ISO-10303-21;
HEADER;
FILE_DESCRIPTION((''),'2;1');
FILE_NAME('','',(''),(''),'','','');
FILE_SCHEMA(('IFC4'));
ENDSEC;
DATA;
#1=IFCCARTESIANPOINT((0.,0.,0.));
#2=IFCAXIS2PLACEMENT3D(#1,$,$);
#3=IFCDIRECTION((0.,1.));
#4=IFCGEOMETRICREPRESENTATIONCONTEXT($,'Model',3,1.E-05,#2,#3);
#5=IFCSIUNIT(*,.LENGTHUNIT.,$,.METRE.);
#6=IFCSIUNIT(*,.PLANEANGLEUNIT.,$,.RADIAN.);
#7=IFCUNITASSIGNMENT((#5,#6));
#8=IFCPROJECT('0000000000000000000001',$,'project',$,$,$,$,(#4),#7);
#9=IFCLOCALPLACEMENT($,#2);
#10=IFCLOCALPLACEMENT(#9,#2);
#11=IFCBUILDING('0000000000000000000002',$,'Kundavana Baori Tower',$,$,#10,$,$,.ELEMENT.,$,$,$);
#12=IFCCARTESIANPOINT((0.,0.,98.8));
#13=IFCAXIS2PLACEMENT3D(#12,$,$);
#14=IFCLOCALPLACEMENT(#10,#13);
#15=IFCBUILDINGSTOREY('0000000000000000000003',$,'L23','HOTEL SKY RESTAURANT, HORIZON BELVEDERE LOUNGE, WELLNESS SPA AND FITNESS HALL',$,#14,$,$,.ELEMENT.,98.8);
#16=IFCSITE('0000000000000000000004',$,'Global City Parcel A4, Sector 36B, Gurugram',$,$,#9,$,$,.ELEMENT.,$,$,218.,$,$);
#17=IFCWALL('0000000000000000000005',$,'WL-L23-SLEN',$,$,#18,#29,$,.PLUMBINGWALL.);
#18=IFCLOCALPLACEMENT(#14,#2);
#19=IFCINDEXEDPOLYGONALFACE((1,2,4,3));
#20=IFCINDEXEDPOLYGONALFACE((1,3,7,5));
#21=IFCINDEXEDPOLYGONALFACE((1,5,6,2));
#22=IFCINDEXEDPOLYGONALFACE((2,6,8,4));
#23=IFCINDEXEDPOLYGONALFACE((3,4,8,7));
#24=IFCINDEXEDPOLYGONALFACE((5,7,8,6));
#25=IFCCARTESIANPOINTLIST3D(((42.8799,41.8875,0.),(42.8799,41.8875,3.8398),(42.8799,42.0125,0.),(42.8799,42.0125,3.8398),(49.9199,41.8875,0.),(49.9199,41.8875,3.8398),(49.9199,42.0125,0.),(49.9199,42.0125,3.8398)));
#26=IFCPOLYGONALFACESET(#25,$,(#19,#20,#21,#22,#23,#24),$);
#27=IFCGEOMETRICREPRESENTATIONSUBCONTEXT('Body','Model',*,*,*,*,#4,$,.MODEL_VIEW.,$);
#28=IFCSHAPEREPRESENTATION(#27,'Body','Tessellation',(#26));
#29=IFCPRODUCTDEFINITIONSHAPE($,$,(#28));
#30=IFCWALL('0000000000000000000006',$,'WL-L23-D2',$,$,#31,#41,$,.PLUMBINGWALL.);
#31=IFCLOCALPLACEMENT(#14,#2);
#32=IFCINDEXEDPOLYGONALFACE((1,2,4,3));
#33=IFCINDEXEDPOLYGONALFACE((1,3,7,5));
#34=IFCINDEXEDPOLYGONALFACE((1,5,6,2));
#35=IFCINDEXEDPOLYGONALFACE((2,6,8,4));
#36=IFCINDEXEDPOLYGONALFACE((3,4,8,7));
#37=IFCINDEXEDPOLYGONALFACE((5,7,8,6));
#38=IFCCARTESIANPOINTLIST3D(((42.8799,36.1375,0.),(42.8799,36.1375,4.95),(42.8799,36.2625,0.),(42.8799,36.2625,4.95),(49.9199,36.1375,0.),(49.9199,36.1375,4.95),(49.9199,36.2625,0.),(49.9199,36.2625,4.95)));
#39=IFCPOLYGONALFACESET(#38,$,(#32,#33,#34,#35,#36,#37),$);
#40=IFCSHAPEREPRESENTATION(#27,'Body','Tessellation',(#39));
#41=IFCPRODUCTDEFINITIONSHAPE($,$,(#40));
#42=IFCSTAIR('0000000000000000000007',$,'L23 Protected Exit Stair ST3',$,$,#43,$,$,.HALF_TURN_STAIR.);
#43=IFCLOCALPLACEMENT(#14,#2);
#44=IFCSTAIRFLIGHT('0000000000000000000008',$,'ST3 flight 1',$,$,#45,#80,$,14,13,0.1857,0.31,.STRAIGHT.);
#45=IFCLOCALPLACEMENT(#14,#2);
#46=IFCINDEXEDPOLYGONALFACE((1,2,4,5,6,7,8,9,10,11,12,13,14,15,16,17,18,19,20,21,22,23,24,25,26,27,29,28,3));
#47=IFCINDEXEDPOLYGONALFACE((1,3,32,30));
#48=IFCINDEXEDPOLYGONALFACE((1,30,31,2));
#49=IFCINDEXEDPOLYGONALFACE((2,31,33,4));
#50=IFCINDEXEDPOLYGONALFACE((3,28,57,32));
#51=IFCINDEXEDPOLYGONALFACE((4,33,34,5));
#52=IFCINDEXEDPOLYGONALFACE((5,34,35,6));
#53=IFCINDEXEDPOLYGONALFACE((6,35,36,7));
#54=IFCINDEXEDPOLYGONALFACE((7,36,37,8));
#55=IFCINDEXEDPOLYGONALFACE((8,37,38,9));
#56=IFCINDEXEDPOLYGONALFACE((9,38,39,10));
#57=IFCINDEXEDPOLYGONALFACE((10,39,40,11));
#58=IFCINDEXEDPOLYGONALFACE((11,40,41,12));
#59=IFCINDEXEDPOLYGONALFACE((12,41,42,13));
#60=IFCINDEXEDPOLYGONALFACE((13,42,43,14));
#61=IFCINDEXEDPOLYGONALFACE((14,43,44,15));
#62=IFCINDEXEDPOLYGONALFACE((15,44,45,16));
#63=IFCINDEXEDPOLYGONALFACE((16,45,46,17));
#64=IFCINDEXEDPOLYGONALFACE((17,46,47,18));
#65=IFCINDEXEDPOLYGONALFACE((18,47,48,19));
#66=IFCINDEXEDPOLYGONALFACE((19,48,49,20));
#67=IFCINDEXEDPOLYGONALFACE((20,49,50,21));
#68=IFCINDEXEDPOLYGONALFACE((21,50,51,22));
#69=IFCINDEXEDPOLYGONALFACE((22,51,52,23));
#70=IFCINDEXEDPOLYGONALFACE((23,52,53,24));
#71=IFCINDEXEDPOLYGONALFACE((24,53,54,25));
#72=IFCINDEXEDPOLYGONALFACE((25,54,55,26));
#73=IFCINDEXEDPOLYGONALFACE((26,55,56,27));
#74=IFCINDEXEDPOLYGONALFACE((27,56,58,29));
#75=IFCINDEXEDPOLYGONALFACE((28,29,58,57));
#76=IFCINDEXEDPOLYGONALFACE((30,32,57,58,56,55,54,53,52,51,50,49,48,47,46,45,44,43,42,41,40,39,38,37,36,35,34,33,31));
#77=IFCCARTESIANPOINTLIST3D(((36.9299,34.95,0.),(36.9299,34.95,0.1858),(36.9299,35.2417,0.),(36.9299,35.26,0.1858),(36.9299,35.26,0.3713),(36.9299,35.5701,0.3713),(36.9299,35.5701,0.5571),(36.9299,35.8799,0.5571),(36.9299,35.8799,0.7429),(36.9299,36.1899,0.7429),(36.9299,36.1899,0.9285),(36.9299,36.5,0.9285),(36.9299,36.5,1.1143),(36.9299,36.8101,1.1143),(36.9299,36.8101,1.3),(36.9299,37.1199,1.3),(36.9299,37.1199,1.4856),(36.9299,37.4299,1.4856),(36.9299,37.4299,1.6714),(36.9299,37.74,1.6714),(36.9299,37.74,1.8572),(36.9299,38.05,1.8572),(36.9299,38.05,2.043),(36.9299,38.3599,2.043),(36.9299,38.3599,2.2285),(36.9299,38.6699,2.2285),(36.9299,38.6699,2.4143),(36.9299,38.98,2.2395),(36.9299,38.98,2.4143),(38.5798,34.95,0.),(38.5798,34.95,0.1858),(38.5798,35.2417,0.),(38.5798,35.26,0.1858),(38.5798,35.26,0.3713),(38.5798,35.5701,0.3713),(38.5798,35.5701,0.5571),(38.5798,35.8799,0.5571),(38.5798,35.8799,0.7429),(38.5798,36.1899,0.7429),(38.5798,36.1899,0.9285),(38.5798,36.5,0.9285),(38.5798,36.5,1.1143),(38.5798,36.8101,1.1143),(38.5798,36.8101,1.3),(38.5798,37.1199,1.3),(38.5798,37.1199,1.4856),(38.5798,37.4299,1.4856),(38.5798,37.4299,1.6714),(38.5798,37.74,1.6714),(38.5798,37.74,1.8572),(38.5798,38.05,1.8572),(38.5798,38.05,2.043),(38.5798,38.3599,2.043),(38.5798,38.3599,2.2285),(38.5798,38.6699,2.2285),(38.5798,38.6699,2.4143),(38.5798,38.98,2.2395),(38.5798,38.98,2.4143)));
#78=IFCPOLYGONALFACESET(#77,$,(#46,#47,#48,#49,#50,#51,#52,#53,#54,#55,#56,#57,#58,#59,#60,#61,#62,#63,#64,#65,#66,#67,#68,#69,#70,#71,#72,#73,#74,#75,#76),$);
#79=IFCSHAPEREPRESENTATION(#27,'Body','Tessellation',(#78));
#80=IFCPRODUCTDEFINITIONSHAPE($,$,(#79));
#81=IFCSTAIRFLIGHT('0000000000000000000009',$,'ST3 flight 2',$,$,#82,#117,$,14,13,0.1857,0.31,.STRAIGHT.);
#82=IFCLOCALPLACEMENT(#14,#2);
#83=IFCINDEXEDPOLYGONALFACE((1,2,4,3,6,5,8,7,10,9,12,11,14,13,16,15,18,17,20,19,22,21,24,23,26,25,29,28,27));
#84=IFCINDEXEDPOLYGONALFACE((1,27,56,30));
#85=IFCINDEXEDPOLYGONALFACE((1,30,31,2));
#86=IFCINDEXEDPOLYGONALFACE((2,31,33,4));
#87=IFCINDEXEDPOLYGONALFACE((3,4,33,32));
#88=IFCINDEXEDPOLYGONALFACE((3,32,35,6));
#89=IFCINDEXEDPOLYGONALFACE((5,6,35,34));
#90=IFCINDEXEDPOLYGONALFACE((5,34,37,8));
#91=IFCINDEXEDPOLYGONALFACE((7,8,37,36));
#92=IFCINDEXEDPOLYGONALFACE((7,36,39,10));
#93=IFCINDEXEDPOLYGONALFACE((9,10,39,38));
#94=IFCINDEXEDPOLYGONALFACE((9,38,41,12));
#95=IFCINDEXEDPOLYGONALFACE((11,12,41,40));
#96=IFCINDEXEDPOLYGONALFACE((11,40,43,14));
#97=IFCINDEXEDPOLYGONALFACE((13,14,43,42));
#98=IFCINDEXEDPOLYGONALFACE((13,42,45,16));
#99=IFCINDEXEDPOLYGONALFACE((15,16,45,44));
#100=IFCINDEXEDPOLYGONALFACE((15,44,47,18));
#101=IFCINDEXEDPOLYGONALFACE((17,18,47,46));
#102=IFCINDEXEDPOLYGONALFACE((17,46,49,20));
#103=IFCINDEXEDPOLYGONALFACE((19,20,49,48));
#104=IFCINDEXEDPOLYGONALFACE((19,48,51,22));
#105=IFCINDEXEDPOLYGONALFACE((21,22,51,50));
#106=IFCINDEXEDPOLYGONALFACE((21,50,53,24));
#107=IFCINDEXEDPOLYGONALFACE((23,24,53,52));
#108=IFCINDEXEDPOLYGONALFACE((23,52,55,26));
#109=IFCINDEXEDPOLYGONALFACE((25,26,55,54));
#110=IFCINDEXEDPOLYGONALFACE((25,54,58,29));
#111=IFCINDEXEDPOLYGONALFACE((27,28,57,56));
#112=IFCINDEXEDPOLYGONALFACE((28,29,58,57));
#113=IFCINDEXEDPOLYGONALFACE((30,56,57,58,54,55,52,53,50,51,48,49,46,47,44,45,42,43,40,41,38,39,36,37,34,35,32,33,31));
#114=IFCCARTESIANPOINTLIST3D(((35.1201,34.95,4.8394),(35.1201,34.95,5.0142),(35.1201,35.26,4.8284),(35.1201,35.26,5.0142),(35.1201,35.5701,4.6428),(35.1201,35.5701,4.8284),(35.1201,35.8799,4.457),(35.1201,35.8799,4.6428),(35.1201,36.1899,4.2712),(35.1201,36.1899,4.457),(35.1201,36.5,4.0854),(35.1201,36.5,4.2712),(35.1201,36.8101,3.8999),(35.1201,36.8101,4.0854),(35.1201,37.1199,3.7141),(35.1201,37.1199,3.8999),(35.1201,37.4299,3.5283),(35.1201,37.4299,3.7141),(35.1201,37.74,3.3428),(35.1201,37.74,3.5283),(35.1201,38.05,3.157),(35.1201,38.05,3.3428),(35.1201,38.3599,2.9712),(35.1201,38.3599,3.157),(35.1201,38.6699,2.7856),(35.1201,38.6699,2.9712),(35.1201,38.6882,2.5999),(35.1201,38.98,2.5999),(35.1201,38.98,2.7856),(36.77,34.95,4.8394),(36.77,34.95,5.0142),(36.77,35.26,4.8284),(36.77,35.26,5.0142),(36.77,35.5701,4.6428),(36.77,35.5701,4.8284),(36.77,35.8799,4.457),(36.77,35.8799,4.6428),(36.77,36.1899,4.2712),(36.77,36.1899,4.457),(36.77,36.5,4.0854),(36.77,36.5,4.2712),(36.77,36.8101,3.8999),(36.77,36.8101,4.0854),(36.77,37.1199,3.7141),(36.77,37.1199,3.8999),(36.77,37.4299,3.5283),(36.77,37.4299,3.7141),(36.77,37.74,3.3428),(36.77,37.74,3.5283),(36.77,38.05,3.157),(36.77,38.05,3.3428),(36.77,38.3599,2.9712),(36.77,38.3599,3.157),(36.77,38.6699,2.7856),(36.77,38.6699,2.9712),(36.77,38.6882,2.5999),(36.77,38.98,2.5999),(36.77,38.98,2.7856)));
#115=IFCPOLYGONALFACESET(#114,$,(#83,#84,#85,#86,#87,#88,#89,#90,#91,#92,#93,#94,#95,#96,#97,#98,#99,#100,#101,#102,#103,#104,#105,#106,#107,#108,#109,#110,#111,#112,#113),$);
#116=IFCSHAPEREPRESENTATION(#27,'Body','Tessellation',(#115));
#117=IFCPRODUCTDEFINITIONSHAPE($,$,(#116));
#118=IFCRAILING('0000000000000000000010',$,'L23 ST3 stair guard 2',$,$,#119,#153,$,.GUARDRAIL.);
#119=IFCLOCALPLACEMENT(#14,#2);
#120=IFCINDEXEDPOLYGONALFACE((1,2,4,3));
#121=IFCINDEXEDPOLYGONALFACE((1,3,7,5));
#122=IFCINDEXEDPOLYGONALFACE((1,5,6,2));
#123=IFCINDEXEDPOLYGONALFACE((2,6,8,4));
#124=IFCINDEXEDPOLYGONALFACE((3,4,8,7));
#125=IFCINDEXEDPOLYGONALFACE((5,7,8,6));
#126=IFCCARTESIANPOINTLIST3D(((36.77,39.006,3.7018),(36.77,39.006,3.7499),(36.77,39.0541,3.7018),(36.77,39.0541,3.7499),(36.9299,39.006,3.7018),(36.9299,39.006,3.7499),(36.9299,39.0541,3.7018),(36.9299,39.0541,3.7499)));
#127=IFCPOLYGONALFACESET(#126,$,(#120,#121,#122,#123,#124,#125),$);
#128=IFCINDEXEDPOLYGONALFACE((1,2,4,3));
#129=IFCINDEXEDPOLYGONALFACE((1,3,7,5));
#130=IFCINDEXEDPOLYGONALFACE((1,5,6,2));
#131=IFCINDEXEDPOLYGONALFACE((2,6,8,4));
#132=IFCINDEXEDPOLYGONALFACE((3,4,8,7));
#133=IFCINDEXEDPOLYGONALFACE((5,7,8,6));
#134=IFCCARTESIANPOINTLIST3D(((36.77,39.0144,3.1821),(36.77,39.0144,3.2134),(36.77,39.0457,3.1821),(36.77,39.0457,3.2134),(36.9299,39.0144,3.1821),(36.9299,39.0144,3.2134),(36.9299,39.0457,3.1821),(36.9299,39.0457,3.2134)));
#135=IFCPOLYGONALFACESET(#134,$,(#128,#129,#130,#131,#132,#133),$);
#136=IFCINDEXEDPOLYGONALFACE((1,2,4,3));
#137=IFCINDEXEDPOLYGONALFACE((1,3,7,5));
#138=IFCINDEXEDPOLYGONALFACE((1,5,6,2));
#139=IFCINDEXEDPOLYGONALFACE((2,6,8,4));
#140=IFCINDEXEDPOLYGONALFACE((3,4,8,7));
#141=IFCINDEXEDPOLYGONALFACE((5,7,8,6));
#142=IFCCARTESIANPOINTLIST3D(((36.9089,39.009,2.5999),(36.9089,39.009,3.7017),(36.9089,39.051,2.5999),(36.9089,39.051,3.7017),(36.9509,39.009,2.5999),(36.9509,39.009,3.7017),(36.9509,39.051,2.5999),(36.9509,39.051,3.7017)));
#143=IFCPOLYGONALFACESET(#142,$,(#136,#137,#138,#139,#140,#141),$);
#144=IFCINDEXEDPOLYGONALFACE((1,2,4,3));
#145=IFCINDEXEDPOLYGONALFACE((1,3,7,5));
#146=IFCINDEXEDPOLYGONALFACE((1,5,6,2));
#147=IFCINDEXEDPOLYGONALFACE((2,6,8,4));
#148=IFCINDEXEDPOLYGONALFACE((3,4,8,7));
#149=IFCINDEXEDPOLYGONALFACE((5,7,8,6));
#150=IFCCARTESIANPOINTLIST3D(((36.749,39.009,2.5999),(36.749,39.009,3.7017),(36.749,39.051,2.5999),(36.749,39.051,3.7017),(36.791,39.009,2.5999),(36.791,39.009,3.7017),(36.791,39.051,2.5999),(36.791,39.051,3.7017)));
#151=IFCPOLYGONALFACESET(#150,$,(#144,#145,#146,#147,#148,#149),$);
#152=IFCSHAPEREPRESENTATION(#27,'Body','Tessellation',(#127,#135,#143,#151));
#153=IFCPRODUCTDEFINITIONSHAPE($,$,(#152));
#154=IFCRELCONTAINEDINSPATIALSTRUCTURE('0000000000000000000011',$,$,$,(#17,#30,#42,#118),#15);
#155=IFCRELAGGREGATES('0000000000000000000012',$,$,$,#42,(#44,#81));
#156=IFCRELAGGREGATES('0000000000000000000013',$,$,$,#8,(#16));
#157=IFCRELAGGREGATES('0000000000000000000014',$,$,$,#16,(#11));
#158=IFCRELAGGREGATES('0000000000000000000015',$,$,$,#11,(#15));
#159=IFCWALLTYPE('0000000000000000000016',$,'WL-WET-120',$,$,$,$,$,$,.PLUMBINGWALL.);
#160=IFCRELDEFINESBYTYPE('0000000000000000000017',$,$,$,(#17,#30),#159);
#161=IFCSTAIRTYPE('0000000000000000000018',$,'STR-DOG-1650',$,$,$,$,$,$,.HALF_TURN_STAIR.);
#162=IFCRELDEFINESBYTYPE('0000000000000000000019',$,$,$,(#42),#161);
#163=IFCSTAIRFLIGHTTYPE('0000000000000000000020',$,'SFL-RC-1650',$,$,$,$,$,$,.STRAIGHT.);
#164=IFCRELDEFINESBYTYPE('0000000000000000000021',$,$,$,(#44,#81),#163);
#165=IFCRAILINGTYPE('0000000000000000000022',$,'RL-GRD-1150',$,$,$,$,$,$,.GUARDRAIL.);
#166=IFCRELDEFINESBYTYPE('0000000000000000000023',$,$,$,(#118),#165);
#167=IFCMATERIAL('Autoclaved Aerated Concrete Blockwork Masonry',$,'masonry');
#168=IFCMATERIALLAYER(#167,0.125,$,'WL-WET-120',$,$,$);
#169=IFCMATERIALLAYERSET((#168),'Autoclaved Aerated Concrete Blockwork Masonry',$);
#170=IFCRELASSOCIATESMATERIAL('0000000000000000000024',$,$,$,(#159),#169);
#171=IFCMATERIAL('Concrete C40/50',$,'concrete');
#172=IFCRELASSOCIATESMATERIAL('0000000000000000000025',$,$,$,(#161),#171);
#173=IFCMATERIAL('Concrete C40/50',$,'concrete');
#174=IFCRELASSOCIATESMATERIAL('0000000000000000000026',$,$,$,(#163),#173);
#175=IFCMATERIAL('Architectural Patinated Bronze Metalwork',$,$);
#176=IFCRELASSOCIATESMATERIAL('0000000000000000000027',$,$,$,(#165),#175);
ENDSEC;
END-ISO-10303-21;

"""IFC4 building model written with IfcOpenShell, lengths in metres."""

from ifc_helpers import new_model, si_unit, direction, frame, frame_2d, origin, origin_2d, place, context, subcontext, project, spatial, polyline, rectangle, outline, extrude, material, layer, layer_set, type_object, element, aggregate, save


model = new_model("IFC4")

# Units and contexts
model_context = context("Model", 3, precision=1e-05, world=origin(), true_north=direction((0.0, 1.0)))
body_context = subcontext(model_context, "Body", "Model", "MODEL_VIEW")
ifc_project = project(units=[si_unit("LENGTHUNIT", "METRE"), si_unit("PLANEANGLEUNIT", "RADIAN")], contexts=[model_context])

# Site, building, storey
site_placement = place(None, origin())
site = spatial("IfcSite", under=ifc_project, at=site_placement, Name="Global City Parcel A4, Sector 36B, Gurugram", CompositionType="ELEMENT", RefElevation=218.0)
building_placement = place(site_placement, origin())
building = spatial("IfcBuilding", under=site, at=building_placement, Name="Kundavana Baori Tower", CompositionType="ELEMENT")
storey_placement = place(building_placement, frame((0.0, 0.0, 98.8)))
storey = spatial("IfcBuildingStorey", under=building, at=storey_placement, Name="L23", Description="HOTEL SKY RESTAURANT, HORIZON BELVEDERE LOUNGE, WELLNESS SPA AND FITNESS HALL", CompositionType="ELEMENT", Elevation=98.8)

# Walls
ifc_material_1 = material(Name="Autoclaved Aerated Concrete Blockwork Masonry", Category="masonry")
ifc_layer_1 = layer(ifc_material_1, 0.125, Name="WL-WET-120")
ifc_layer_set_1 = layer_set([ifc_layer_1], Name="Autoclaved Aerated Concrete Blockwork Masonry")
wall_type_1 = type_object("IfcWallType", Name="WL-WET-120", PredefinedType="PLUMBINGWALL", material=ifc_layer_set_1)
wall_1_placement = place(storey_placement, frame((42.8799, 41.95, 0.0), z_axis=(0.0, 0.0, 1.0), x_axis=(1.0, 0.0, 0.0)))
element("IfcWall", 1, at=wall_1_placement, inside=storey, type_object=wall_type_1, Name="WL-L23-SLEN", PredefinedType="PLUMBINGWALL", context=body_context, shape_type="SweptSolid", body=[
    extrude(rectangle(XDim=7.04, YDim=0.125, at=frame_2d((3.52, 0.0))), origin(), (0.0, 0.0, 1.0), 3.8398),
])
wall_2_placement = place(storey_placement, frame((42.8799, 36.2, 0.0), z_axis=(0.0, 0.0, 1.0), x_axis=(1.0, 0.0, 0.0)))
element("IfcWall", 2, at=wall_2_placement, inside=storey, type_object=wall_type_1, Name="WL-L23-D2", PredefinedType="PLUMBINGWALL", context=body_context, shape_type="SweptSolid", body=[
    extrude(rectangle(XDim=7.04, YDim=0.125, at=frame_2d((3.52, 0.0))), origin(), (0.0, 0.0, 1.0), 4.95),
])

# Stair, stair flights
ifc_material_2 = material(Name="Concrete C40/50", Category="concrete")
stair_type = type_object("IfcStairType", Name="STR-DOG-1650", PredefinedType="HALF_TURN_STAIR", material=ifc_material_2)
stair_placement = place(storey_placement, origin())
stair = element("IfcStair", 3, at=stair_placement, inside=storey, type_object=stair_type, Name="L23 Protected Exit Stair ST3", PredefinedType="HALF_TURN_STAIR")
ifc_material_3 = material(Name="Concrete C40/50", Category="concrete")
stair_flight_type = type_object("IfcStairFlightType", Name="SFL-RC-1650", PredefinedType="STRAIGHT", material=ifc_material_3)
stair_flight_1_placement = place(storey_placement, frame((37.7549, 34.95, 0.0), z_axis=(0.0, 0.0, 1.0), x_axis=(0.0, 1.0, 0.0)))
stair_flight_1 = element("IfcStairFlight", 4, at=stair_flight_1_placement, type_object=stair_flight_type, Name="ST3 flight 1", NumberOfRisers=14, NumberOfTreads=13, PredefinedType="STRAIGHT", RiserHeight=0.1857, TreadLength=0.31, context=body_context, shape_type="SweptSolid", body=[
    extrude(outline(polyline([(0.0, 0.0), (0.0, 0.1858), (0.3101, 0.1858), (0.3101, 0.3713), (0.6201, 0.3713), (0.6201, 0.5571), (0.9299, 0.5571), (0.9299, 0.7429), (1.24, 0.7429), (1.24, 0.9285), (1.55, 0.9285), (1.55, 1.1143), (1.8601, 1.1143), (1.8601, 1.3), (2.1699, 1.3), (2.1699, 1.4856), (2.48, 1.4856), (2.48, 1.6714), (2.79, 1.6714), (2.79, 1.8572), (3.1001, 1.8572), (3.1001, 2.043), (3.4099, 2.043), (3.4099, 2.2285), (3.72, 2.2285), (3.72, 2.4143), (4.03, 2.4143), (4.03, 2.6001), (4.03, 2.2395), (0.2917, 0.0), (0.0, 0.0)])), frame((0.0, 0.825, 0.0), z_axis=(0.0, -1.0, 0.0), x_axis=(1.0, 0.0, 0.0)), (0.0, 0.0, 1.0), 1.6499),
])
stair_flight_2_placement = place(storey_placement, frame((35.9451, 38.98, 2.5999), z_axis=(0.0, 0.0, 1.0), x_axis=(0.0, -1.0, 0.0)))
stair_flight_2 = element("IfcStairFlight", 5, at=stair_flight_2_placement, type_object=stair_flight_type, Name="ST3 flight 2", NumberOfRisers=14, NumberOfTreads=13, PredefinedType="STRAIGHT", RiserHeight=0.1857, TreadLength=0.31, context=body_context, shape_type="SweptSolid", body=[
    extrude(outline(polyline([(0.0, 0.0), (0.0, 0.1858), (0.3101, 0.1858), (0.3101, 0.3713), (0.6201, 0.3713), (0.6201, 0.5571), (0.9299, 0.5571), (0.9299, 0.7429), (1.24, 0.7429), (1.24, 0.9285), (1.55, 0.9285), (1.55, 1.1143), (1.8601, 1.1143), (1.8601, 1.3), (2.1699, 1.3), (2.1699, 1.4856), (2.48, 1.4856), (2.48, 1.6714), (2.79, 1.6714), (2.79, 1.8572), (3.1001, 1.8572), (3.1001, 2.043), (3.4099, 2.043), (3.4099, 2.2285), (3.72, 2.2285), (3.72, 2.4143), (4.03, 2.4143), (4.03, 2.6001), (4.03, 2.2395), (0.2917, 0.0), (0.0, 0.0)])), frame((0.0, 0.825, 0.0), z_axis=(0.0, -1.0, 0.0), x_axis=(1.0, 0.0, 0.0)), (0.0, 0.0, 1.0), 1.6499),
])
aggregate(stair, [stair_flight_1, stair_flight_2])

# Railing
ifc_material_4 = material(Name="Architectural Patinated Bronze Metalwork")
railing_type_1 = type_object("IfcRailingType", Name="RL-GRD-1150", PredefinedType="GUARDRAIL", material=ifc_material_4)
railing_1_placement = place(storey_placement, frame((36.9299, 39.03, 2.5999)))
element("IfcRailing", 6, at=railing_1_placement, inside=storey, type_object=railing_type_1, Name="L23 ST3 stair guard 2", PredefinedType="GUARDRAIL", context=body_context, shape_type="SweptSolid", body=[
    extrude(rectangle(XDim=0.0481, YDim=0.0481, at=origin_2d()), frame((0.0, 0.0, 1.126), z_axis=(-1.0, 0.0, 0.0), x_axis=(0.0, -1.0, 0.0)), (0.0, 0.0, 1.0), 0.1599),
    extrude(rectangle(XDim=0.0312, YDim=0.0312, at=origin_2d()), frame((0.0, 0.0, 0.5979), z_axis=(-1.0, 0.0, 0.0), x_axis=(0.0, -1.0, 0.0)), (0.0, 0.0, 1.0), 0.1599),
    extrude(rectangle(XDim=0.042, YDim=0.042, at=origin_2d()), origin(), (0.0, 0.0, 1.0), 1.1018),
    extrude(rectangle(XDim=0.042, YDim=0.042, at=origin_2d()), frame((-0.1599, 0.0, 0.0)), (0.0, 0.0, 1.0), 1.1018),
])

save(model, "model.ifc")
